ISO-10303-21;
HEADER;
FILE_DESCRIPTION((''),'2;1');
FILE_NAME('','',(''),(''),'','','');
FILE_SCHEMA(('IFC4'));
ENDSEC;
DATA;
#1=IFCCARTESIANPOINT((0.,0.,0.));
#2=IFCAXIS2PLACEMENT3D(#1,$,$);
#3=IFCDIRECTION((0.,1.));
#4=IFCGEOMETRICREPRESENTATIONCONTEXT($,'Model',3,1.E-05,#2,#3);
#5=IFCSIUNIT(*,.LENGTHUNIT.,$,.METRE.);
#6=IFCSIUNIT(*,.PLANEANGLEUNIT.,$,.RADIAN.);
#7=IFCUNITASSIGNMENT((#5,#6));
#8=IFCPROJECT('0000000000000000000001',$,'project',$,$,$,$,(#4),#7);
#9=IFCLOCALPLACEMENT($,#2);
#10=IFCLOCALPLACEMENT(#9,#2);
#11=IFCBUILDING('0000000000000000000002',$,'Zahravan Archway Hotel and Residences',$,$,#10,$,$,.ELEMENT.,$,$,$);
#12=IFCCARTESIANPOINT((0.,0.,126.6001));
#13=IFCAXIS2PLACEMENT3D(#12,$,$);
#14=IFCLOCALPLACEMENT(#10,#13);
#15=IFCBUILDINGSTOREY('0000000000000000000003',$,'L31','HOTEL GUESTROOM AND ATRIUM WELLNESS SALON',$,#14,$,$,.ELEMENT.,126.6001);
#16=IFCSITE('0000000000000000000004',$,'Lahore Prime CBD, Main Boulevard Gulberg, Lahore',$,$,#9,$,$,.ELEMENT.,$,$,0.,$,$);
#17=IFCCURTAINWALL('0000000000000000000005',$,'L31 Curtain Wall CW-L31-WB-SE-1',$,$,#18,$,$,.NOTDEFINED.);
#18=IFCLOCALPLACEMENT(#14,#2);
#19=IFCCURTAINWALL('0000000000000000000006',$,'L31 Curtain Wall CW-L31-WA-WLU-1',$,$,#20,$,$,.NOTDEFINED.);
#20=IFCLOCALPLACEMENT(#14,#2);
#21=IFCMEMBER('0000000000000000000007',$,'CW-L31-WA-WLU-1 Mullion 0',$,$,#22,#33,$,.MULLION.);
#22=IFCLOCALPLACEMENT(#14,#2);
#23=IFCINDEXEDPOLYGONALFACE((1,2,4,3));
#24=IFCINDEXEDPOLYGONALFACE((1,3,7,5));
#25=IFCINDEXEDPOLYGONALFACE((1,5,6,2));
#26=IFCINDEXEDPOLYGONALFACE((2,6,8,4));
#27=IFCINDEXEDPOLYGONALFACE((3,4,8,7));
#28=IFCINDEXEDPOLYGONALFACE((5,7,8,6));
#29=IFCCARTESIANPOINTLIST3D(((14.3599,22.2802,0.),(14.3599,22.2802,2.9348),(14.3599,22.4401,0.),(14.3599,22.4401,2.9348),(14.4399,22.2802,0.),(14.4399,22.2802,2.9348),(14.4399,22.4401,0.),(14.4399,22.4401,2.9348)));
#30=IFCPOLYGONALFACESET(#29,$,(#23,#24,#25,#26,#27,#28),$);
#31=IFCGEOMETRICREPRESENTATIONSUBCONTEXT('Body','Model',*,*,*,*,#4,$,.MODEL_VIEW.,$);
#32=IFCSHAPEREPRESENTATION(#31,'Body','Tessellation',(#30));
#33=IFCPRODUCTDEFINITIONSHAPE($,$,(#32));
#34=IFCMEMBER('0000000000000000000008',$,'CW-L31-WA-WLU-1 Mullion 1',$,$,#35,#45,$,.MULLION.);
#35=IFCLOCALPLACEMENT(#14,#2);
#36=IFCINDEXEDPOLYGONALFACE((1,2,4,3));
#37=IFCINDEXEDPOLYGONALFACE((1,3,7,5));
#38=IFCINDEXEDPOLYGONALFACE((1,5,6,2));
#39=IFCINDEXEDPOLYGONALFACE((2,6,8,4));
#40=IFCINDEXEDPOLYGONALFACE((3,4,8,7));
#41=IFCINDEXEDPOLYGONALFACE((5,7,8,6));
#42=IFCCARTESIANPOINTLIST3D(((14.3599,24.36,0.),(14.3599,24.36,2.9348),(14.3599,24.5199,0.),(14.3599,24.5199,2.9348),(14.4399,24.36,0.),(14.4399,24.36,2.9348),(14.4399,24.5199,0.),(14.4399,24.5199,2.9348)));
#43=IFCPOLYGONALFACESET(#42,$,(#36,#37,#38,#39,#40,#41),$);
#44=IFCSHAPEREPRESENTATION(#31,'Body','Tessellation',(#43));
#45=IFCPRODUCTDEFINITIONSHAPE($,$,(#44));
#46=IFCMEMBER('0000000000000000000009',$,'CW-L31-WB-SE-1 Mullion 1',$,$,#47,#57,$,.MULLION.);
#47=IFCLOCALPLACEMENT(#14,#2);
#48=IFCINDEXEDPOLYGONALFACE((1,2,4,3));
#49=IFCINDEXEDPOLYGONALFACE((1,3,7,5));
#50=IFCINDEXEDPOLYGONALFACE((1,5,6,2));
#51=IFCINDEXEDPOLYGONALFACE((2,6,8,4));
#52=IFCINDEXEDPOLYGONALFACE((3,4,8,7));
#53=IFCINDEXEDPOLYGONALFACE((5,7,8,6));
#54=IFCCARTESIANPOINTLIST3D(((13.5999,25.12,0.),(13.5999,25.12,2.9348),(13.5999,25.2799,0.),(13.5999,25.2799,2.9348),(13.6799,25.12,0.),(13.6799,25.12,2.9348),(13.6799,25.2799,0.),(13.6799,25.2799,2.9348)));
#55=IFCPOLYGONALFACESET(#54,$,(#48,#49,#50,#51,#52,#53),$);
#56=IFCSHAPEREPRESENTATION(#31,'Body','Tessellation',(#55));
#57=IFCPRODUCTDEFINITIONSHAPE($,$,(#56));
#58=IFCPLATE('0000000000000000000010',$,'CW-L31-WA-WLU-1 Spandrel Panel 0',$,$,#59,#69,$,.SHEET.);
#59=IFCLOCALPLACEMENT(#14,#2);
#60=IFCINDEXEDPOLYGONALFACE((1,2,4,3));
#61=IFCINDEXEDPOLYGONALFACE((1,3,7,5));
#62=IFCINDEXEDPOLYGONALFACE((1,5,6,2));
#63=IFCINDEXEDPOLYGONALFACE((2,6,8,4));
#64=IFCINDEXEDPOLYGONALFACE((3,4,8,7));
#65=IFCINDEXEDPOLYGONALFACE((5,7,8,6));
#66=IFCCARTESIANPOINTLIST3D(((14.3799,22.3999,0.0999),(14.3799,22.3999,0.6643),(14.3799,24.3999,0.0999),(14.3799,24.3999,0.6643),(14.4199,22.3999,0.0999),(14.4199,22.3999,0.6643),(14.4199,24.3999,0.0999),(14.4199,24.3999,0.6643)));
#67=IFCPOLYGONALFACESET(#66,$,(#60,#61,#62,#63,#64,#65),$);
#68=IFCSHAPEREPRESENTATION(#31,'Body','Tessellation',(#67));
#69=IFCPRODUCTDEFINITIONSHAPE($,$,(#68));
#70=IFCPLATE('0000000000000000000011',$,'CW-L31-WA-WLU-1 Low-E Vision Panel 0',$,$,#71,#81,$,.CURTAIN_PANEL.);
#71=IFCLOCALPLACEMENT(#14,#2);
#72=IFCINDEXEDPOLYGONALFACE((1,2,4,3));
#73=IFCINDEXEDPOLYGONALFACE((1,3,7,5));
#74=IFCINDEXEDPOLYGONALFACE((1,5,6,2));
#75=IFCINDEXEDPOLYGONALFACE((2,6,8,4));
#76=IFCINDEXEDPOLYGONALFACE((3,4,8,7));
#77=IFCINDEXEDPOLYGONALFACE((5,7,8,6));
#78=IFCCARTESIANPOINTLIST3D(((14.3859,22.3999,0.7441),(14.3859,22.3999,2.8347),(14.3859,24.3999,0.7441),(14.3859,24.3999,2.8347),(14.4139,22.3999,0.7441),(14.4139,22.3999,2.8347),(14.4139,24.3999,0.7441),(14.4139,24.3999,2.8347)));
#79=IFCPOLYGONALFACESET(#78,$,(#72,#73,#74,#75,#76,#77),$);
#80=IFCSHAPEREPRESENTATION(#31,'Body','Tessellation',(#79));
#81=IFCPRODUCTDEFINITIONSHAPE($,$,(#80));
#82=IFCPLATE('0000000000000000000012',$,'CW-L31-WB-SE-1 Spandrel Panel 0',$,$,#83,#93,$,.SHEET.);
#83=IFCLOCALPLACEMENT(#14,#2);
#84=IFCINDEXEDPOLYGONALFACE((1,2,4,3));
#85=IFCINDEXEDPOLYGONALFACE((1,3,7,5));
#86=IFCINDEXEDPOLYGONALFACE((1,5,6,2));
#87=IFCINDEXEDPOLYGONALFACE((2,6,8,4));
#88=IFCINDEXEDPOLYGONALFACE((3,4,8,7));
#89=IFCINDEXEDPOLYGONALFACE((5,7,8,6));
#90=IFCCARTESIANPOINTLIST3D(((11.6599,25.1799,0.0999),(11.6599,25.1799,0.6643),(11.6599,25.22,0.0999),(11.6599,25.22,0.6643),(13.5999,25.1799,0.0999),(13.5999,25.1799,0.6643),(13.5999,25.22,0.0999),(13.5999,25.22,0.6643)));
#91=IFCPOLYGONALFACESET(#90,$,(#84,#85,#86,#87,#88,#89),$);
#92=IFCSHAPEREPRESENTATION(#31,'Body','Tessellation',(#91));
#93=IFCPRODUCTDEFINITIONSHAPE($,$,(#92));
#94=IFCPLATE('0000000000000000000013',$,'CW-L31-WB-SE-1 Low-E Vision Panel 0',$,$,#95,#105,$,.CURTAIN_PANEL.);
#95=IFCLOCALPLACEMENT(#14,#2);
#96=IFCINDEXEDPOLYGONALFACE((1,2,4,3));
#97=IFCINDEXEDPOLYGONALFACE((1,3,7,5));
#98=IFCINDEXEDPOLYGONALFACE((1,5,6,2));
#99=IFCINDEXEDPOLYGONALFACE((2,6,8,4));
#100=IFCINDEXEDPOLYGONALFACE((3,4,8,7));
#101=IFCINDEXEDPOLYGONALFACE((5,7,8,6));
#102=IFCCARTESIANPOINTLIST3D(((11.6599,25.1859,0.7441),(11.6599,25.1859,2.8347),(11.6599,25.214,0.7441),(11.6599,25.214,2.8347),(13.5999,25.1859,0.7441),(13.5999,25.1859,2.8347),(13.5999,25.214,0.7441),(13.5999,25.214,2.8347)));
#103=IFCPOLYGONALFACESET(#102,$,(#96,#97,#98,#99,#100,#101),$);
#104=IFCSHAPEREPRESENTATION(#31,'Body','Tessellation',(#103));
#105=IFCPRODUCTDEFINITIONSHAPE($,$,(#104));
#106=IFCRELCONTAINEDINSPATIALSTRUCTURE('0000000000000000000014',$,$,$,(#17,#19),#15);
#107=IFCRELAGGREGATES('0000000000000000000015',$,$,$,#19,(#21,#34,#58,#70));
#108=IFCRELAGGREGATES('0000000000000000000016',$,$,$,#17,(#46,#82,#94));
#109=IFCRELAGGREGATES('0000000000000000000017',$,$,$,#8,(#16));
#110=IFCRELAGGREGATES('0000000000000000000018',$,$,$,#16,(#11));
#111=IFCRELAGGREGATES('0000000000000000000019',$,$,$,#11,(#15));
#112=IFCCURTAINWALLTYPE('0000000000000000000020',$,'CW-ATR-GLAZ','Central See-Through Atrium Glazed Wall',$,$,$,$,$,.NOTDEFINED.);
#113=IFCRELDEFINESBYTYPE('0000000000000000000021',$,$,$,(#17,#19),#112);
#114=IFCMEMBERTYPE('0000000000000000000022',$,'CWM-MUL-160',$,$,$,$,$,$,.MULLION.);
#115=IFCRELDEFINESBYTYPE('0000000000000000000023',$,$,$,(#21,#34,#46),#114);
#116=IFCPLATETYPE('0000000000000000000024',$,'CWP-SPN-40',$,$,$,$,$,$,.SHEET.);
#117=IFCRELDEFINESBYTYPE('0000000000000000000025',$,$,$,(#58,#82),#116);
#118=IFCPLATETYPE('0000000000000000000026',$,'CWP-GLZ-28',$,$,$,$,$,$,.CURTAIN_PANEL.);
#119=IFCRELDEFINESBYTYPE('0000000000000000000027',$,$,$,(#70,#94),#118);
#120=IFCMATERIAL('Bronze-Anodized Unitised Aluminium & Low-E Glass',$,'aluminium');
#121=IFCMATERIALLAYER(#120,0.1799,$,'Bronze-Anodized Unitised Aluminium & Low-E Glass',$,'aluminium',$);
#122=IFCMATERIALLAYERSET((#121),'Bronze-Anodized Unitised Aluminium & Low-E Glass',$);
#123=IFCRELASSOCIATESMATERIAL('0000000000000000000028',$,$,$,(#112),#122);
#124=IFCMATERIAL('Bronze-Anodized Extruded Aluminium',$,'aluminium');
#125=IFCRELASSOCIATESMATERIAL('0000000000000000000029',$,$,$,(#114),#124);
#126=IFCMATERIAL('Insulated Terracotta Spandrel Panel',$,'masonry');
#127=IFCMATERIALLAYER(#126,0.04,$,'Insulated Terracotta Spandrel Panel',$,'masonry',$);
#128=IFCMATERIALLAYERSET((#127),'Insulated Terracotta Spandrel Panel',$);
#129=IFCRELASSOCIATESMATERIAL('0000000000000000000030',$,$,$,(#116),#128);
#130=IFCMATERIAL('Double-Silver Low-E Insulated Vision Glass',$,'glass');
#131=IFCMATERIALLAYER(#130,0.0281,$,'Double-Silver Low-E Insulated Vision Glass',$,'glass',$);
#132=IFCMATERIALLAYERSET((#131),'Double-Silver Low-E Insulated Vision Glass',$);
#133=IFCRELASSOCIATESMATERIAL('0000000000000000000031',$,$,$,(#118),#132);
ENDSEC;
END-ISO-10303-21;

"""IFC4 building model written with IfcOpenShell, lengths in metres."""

from ifc_helpers import new_model, si_unit, direction, frame, origin, origin_2d, place, context, subcontext, project, spatial, rectangle, extrude, source, transform, mapped, material, layer, layer_set, material_profile, profile_set, type_object, element, aggregate, save


model = new_model("IFC4")

# Units and contexts
model_context = context("Model", 3, precision=1e-05, world=origin(), true_north=direction((0.0, 1.0)))
body_context = subcontext(model_context, "Body", "Model", "MODEL_VIEW")
ifc_project = project(units=[si_unit("LENGTHUNIT", "METRE"), si_unit("PLANEANGLEUNIT", "RADIAN")], contexts=[model_context])

# Site, building, storey
site_placement = place(None, origin())
site = spatial("IfcSite", under=ifc_project, at=site_placement, Name="Lahore Prime CBD, Main Boulevard Gulberg, Lahore", CompositionType="ELEMENT", RefElevation=0.0)
building_placement = place(site_placement, origin())
building = spatial("IfcBuilding", under=site, at=building_placement, Name="Zahravan Archway Hotel and Residences", CompositionType="ELEMENT")
storey_placement = place(building_placement, frame((0.0, 0.0, 126.6001)))
storey = spatial("IfcBuildingStorey", under=building, at=storey_placement, Name="L31", Description="HOTEL GUESTROOM AND ATRIUM WELLNESS SALON", CompositionType="ELEMENT", Elevation=126.6001)

# Curtain walls, members
ifc_material_1 = material(Name="Bronze-Anodized Unitised Aluminium & Low-E Glass", Category="aluminium")
ifc_layer_1 = layer(ifc_material_1, 0.1799, Name="Bronze-Anodized Unitised Aluminium & Low-E Glass", Category="aluminium")
ifc_layer_set_1 = layer_set([ifc_layer_1], Name="Bronze-Anodized Unitised Aluminium & Low-E Glass")
curtain_wall_type = type_object("IfcCurtainWallType", Name="CW-ATR-GLAZ", Description="Central See-Through Atrium Glazed Wall", PredefinedType="NOTDEFINED", material=ifc_layer_set_1)
curtain_wall_1_placement = place(storey_placement, origin())
curtain_wall_1 = element("IfcCurtainWall", 1, at=curtain_wall_1_placement, inside=storey, type_object=curtain_wall_type, Name="L31 Curtain Wall CW-L31-WB-SE-1", PredefinedType="NOTDEFINED")
ifc_material_2 = material(Name="Bronze-Anodized Extruded Aluminium", Category="aluminium")
curtain_wall_2_placement = place(storey_placement, origin())
curtain_wall_2 = element("IfcCurtainWall", 2, at=curtain_wall_2_placement, inside=storey, type_object=curtain_wall_type, Name="L31 Curtain Wall CW-L31-WA-WLU-1", PredefinedType="NOTDEFINED")
ifc_material_profile_1 = material_profile(ifc_material_2, rectangle(XDim=0.0801, YDim=0.1599, at=origin_2d()), Name="MUL 80x160", Category="aluminium")
ifc_profile_set_1 = profile_set([ifc_material_profile_1], Name="Bronze-Anodized Extruded Aluminium")
member_type_1 = type_object("IfcMemberType", Name="CWM-MUL-160", PredefinedType="MULLION", material=ifc_profile_set_1)
shared_shape_1 = source(origin(), body_context, "Body", "SweptSolid", [
    extrude(rectangle(XDim=0.0801, YDim=0.1599, at=origin_2d()), origin(), (0.0, 0.0, 1.0), 2.9348),
])
member_1_placement = place(storey_placement, frame((14.3999, 22.3601, 0.0), z_axis=(0.0, 0.0, 1.0), x_axis=(1.0, 0.0, 0.0)))
member_1 = element("IfcMember", 3, at=member_1_placement, type_object=member_type_1, Name="CW-L31-WA-WLU-1 Mullion 0", PredefinedType="MULLION", context=body_context, shape_type="MappedRepresentation", body=[
    mapped(shared_shape_1, transform((0.0, 0.0, 0.0), scale=1.0)),
])
member_2_placement = place(storey_placement, frame((14.3999, 24.4399, 0.0), z_axis=(0.0, 0.0, 1.0), x_axis=(1.0, 0.0, 0.0)))
member_2 = element("IfcMember", 4, at=member_2_placement, type_object=member_type_1, Name="CW-L31-WA-WLU-1 Mullion 1", PredefinedType="MULLION", context=body_context, shape_type="MappedRepresentation", body=[
    mapped(shared_shape_1, transform((0.0, 0.0, 0.0), scale=1.0)),
])

# Member
member_3_placement = place(storey_placement, frame((13.6399, 25.2, 0.0), z_axis=(0.0, 0.0, 1.0), x_axis=(1.0, 0.0, 0.0)))
member_3 = element("IfcMember", 5, at=member_3_placement, type_object=member_type_1, Name="CW-L31-WB-SE-1 Mullion 1", PredefinedType="MULLION", context=body_context, shape_type="MappedRepresentation", body=[
    mapped(shared_shape_1, transform((0.0, 0.0, 0.0), scale=1.0)),
])

# Plates
ifc_material_3 = material(Name="Insulated Terracotta Spandrel Panel", Category="masonry")
ifc_layer_2 = layer(ifc_material_3, 0.04, Name="Insulated Terracotta Spandrel Panel", Category="masonry")
ifc_layer_set_2 = layer_set([ifc_layer_2], Name="Insulated Terracotta Spandrel Panel")
plate_type_1 = type_object("IfcPlateType", Name="CWP-SPN-40", PredefinedType="SHEET", material=ifc_layer_set_2)
shared_shape_2 = source(origin(), body_context, "Body", "SweptSolid", [
    extrude(rectangle(XDim=2.0, YDim=0.04, at=origin_2d()), origin(), (0.0, 0.0, 1.0), 0.5645),
])
plate_1_placement = place(storey_placement, frame((14.3999, 23.3999, 0.0999), z_axis=(0.0, 0.0, 1.0), x_axis=(0.0, 1.0, 0.0)))
plate_1 = element("IfcPlate", 6, at=plate_1_placement, type_object=plate_type_1, Name="CW-L31-WA-WLU-1 Spandrel Panel 0", PredefinedType="SHEET", context=body_context, shape_type="MappedRepresentation", body=[
    mapped(shared_shape_2, transform((0.0, 0.0, 0.0), scale=1.0)),
])
ifc_material_4 = material(Name="Double-Silver Low-E Insulated Vision Glass", Category="glass")
ifc_layer_3 = layer(ifc_material_4, 0.0281, Name="Double-Silver Low-E Insulated Vision Glass", Category="glass")
ifc_layer_set_3 = layer_set([ifc_layer_3], Name="Double-Silver Low-E Insulated Vision Glass")
plate_type_2 = type_object("IfcPlateType", Name="CWP-GLZ-28", PredefinedType="CURTAIN_PANEL", material=ifc_layer_set_3)
shared_shape_3 = source(origin(), body_context, "Body", "SweptSolid", [
    extrude(rectangle(XDim=2.0, YDim=0.0281, at=origin_2d()), origin(), (0.0, 0.0, 1.0), 2.0906),
])
plate_2_placement = place(storey_placement, frame((14.3999, 23.3999, 0.7441), z_axis=(0.0, 0.0, 1.0), x_axis=(0.0, 1.0, 0.0)))
plate_2 = element("IfcPlate", 7, at=plate_2_placement, type_object=plate_type_2, Name="CW-L31-WA-WLU-1 Low-E Vision Panel 0", PredefinedType="CURTAIN_PANEL", context=body_context, shape_type="MappedRepresentation", body=[
    mapped(shared_shape_3, transform((0.0, 0.0, 0.0), scale=1.0)),
])
aggregate(curtain_wall_2, [member_1, member_2, plate_1, plate_2])
shared_shape_4 = source(origin(), body_context, "Body", "SweptSolid", [
    extrude(rectangle(XDim=1.9399, YDim=0.04, at=origin_2d()), origin(), (0.0, 0.0, 1.0), 0.5645),
])
plate_3_placement = place(storey_placement, frame((12.6299, 25.2, 0.0999), z_axis=(0.0, 0.0, 1.0), x_axis=(1.0, 0.0, 0.0)))
plate_3 = element("IfcPlate", 8, at=plate_3_placement, type_object=plate_type_1, Name="CW-L31-WB-SE-1 Spandrel Panel 0", PredefinedType="SHEET", context=body_context, shape_type="MappedRepresentation", body=[
    mapped(shared_shape_4, transform((0.0, 0.0, 0.0), scale=1.0)),
])
shared_shape_5 = source(origin(), body_context, "Body", "SweptSolid", [
    extrude(rectangle(XDim=1.9399, YDim=0.0281, at=origin_2d()), origin(), (0.0, 0.0, 1.0), 2.0906),
])
plate_4_placement = place(storey_placement, frame((12.6299, 25.2, 0.7441), z_axis=(0.0, 0.0, 1.0), x_axis=(1.0, 0.0, 0.0)))
plate_4 = element("IfcPlate", 9, at=plate_4_placement, type_object=plate_type_2, Name="CW-L31-WB-SE-1 Low-E Vision Panel 0", PredefinedType="CURTAIN_PANEL", context=body_context, shape_type="MappedRepresentation", body=[
    mapped(shared_shape_5, transform((0.0, 0.0, 0.0), scale=1.0)),
])
aggregate(curtain_wall_1, [member_3, plate_3, plate_4])

save(model, "model.ifc")
